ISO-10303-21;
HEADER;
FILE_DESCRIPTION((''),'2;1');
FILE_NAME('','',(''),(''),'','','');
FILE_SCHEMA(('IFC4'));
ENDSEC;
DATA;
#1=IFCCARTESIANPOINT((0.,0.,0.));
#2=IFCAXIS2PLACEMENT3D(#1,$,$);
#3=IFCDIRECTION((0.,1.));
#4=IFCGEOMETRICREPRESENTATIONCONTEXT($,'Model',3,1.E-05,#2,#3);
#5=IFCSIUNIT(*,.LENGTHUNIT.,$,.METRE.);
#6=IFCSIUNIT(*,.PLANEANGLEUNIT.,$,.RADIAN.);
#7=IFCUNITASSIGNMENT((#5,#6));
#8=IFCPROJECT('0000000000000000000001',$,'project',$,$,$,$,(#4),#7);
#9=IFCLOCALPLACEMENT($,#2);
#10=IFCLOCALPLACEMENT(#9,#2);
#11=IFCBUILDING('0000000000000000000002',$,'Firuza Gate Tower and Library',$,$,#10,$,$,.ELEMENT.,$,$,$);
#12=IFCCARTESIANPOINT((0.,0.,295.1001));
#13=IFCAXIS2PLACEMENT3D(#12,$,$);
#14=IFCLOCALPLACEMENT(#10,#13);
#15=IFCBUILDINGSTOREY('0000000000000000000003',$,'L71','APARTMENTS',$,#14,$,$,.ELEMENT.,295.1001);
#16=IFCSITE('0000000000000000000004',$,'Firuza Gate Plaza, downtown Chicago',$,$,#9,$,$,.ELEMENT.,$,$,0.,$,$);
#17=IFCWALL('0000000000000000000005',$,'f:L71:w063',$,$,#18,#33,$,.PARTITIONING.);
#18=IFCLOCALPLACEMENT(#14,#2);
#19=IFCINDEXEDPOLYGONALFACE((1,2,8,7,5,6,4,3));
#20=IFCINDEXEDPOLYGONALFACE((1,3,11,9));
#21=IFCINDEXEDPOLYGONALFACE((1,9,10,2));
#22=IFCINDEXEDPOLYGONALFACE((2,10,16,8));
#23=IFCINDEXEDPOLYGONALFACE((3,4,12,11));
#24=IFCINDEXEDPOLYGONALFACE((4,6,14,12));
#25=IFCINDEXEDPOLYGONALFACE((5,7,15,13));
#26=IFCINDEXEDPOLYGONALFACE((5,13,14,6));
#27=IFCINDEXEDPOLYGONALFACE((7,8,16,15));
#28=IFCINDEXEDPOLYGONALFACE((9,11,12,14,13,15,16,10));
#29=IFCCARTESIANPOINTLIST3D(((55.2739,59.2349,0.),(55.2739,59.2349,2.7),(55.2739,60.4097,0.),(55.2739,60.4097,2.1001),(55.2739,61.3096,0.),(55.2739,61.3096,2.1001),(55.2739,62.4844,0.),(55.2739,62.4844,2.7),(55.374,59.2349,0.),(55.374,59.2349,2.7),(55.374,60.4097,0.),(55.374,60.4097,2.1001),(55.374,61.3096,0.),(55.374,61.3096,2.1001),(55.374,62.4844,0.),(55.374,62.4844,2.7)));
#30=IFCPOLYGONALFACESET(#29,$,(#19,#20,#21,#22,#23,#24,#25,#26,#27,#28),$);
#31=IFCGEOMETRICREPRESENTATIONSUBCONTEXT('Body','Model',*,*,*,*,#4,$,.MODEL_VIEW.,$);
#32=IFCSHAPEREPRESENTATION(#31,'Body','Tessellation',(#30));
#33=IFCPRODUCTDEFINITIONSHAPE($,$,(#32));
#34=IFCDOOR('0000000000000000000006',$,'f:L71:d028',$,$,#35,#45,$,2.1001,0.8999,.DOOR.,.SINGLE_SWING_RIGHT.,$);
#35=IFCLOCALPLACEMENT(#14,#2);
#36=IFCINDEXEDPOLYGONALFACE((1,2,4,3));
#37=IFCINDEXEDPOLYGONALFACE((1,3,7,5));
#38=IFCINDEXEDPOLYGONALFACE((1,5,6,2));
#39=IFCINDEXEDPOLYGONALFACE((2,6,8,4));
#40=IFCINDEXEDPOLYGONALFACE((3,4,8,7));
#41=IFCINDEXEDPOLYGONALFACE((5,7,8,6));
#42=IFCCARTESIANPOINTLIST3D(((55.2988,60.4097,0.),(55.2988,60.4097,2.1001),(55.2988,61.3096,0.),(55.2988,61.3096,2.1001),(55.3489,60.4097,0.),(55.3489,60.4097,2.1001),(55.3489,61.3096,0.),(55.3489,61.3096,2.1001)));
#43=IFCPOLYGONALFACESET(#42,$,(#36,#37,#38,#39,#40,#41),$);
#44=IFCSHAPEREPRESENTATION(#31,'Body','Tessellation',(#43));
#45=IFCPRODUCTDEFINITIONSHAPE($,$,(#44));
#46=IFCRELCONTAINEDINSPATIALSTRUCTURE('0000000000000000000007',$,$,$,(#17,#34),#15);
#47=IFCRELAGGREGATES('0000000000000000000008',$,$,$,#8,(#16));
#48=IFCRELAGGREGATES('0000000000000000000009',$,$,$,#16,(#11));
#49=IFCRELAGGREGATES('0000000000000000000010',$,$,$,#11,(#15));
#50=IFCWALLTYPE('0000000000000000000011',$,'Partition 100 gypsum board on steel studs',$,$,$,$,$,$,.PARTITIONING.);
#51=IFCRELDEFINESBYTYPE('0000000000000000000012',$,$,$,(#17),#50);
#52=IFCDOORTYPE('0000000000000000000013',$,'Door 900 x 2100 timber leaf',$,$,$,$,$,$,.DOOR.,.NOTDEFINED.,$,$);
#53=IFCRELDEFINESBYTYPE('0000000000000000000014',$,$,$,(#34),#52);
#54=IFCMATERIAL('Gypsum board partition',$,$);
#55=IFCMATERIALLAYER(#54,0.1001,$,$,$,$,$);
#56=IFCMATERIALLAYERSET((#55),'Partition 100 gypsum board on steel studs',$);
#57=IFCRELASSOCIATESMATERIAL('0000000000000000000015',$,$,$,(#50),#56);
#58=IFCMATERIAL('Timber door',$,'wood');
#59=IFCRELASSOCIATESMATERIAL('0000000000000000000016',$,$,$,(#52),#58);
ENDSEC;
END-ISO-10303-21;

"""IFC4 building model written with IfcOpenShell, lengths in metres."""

from ifc_helpers import new_model, si_unit, direction, frame, frame_2d, origin, place, context, subcontext, project, spatial, rectangle, extrude, material, layer, layer_set, type_object, element, fill, save


model = new_model("IFC4")

# Units and contexts
model_context = context("Model", 3, precision=1e-05, world=origin(), true_north=direction((0.0, 1.0)))
body_context = subcontext(model_context, "Body", "Model", "MODEL_VIEW")
ifc_project = project(units=[si_unit("LENGTHUNIT", "METRE"), si_unit("PLANEANGLEUNIT", "RADIAN")], contexts=[model_context])

# Site, building, storey
site_placement = place(None, origin())
site = spatial("IfcSite", under=ifc_project, at=site_placement, Name="Firuza Gate Plaza, downtown Chicago", CompositionType="ELEMENT", RefElevation=0.0)
building_placement = place(site_placement, origin())
building = spatial("IfcBuilding", under=site, at=building_placement, Name="Firuza Gate Tower and Library", CompositionType="ELEMENT")
storey_placement = place(building_placement, frame((0.0, 0.0, 295.1001)))
storey = spatial("IfcBuildingStorey", under=building, at=storey_placement, Name="L71", Description="APARTMENTS", CompositionType="ELEMENT", Elevation=295.1001)

# Shared definitions
ifc_material_1 = material(Name="Gypsum board partition")
ifc_layer_1 = layer(ifc_material_1, 0.1001)
ifc_layer_set_1 = layer_set([ifc_layer_1], Name="Partition 100 gypsum board on steel studs")
wall_type_1 = type_object("IfcWallType", Name="Partition 100 gypsum board on steel studs", PredefinedType="PARTITIONING", material=ifc_layer_set_1)

# Wall, opening, door
wall_1_placement = place(storey_placement, frame((55.324, 62.4844, 0.0), z_axis=(0.0, 0.0, 1.0), x_axis=(0.0, -1.0, 0.0)))
wall_1 = element("IfcWall", 1, at=wall_1_placement, inside=storey, type_object=wall_type_1, Name="f:L71:w063", PredefinedType="PARTITIONING", context=body_context, shape_type="SweptSolid", body=[
    extrude(rectangle(XDim=3.2495, YDim=0.1001, at=frame_2d((1.6248, 0.0))), origin(), (0.0, 0.0, 1.0), 2.7),
])
opening_1_placement = place(wall_1_placement, frame((1.1748, 0.0, 0.0)))
opening_1 = element("IfcOpeningElement", 2, at=opening_1_placement, cuts=wall_1, PredefinedType="OPENING", context=body_context, shape_type="SweptSolid", body=[
    extrude(rectangle(XDim=0.8999, YDim=2.1001, at=frame_2d((0.45, 1.05))), frame((0.0, 0.0601, 0.0), z_axis=(0.0, -1.0, 0.0), x_axis=(1.0, 0.0, 0.0)), (0.0, 0.0, 1.0), 0.1201),
])
ifc_material_2 = material(Name="Timber door", Category="wood")
door_type_1 = type_object("IfcDoorType", Name="Door 900 x 2100 timber leaf", OperationType="NOTDEFINED", PredefinedType="DOOR", material=ifc_material_2)
door_1_placement = place(opening_1_placement, origin())
door_1 = element("IfcDoor", 3, at=door_1_placement, inside=storey, type_object=door_type_1, Name="f:L71:d028", OperationType="SINGLE_SWING_RIGHT", OverallHeight=2.1001, OverallWidth=0.8999, PredefinedType="DOOR", context=body_context, shape_type="SweptSolid", body=[
    extrude(rectangle(XDim=0.8999, YDim=2.1001, at=frame_2d((0.45, 1.05))), frame((0.0, 0.0249, 0.0), z_axis=(0.0, -1.0, 0.0), x_axis=(1.0, 0.0, 0.0)), (0.0, 0.0, 1.0), 0.05),
])
fill(opening_1, door_1)

save(model, "model.ifc")
